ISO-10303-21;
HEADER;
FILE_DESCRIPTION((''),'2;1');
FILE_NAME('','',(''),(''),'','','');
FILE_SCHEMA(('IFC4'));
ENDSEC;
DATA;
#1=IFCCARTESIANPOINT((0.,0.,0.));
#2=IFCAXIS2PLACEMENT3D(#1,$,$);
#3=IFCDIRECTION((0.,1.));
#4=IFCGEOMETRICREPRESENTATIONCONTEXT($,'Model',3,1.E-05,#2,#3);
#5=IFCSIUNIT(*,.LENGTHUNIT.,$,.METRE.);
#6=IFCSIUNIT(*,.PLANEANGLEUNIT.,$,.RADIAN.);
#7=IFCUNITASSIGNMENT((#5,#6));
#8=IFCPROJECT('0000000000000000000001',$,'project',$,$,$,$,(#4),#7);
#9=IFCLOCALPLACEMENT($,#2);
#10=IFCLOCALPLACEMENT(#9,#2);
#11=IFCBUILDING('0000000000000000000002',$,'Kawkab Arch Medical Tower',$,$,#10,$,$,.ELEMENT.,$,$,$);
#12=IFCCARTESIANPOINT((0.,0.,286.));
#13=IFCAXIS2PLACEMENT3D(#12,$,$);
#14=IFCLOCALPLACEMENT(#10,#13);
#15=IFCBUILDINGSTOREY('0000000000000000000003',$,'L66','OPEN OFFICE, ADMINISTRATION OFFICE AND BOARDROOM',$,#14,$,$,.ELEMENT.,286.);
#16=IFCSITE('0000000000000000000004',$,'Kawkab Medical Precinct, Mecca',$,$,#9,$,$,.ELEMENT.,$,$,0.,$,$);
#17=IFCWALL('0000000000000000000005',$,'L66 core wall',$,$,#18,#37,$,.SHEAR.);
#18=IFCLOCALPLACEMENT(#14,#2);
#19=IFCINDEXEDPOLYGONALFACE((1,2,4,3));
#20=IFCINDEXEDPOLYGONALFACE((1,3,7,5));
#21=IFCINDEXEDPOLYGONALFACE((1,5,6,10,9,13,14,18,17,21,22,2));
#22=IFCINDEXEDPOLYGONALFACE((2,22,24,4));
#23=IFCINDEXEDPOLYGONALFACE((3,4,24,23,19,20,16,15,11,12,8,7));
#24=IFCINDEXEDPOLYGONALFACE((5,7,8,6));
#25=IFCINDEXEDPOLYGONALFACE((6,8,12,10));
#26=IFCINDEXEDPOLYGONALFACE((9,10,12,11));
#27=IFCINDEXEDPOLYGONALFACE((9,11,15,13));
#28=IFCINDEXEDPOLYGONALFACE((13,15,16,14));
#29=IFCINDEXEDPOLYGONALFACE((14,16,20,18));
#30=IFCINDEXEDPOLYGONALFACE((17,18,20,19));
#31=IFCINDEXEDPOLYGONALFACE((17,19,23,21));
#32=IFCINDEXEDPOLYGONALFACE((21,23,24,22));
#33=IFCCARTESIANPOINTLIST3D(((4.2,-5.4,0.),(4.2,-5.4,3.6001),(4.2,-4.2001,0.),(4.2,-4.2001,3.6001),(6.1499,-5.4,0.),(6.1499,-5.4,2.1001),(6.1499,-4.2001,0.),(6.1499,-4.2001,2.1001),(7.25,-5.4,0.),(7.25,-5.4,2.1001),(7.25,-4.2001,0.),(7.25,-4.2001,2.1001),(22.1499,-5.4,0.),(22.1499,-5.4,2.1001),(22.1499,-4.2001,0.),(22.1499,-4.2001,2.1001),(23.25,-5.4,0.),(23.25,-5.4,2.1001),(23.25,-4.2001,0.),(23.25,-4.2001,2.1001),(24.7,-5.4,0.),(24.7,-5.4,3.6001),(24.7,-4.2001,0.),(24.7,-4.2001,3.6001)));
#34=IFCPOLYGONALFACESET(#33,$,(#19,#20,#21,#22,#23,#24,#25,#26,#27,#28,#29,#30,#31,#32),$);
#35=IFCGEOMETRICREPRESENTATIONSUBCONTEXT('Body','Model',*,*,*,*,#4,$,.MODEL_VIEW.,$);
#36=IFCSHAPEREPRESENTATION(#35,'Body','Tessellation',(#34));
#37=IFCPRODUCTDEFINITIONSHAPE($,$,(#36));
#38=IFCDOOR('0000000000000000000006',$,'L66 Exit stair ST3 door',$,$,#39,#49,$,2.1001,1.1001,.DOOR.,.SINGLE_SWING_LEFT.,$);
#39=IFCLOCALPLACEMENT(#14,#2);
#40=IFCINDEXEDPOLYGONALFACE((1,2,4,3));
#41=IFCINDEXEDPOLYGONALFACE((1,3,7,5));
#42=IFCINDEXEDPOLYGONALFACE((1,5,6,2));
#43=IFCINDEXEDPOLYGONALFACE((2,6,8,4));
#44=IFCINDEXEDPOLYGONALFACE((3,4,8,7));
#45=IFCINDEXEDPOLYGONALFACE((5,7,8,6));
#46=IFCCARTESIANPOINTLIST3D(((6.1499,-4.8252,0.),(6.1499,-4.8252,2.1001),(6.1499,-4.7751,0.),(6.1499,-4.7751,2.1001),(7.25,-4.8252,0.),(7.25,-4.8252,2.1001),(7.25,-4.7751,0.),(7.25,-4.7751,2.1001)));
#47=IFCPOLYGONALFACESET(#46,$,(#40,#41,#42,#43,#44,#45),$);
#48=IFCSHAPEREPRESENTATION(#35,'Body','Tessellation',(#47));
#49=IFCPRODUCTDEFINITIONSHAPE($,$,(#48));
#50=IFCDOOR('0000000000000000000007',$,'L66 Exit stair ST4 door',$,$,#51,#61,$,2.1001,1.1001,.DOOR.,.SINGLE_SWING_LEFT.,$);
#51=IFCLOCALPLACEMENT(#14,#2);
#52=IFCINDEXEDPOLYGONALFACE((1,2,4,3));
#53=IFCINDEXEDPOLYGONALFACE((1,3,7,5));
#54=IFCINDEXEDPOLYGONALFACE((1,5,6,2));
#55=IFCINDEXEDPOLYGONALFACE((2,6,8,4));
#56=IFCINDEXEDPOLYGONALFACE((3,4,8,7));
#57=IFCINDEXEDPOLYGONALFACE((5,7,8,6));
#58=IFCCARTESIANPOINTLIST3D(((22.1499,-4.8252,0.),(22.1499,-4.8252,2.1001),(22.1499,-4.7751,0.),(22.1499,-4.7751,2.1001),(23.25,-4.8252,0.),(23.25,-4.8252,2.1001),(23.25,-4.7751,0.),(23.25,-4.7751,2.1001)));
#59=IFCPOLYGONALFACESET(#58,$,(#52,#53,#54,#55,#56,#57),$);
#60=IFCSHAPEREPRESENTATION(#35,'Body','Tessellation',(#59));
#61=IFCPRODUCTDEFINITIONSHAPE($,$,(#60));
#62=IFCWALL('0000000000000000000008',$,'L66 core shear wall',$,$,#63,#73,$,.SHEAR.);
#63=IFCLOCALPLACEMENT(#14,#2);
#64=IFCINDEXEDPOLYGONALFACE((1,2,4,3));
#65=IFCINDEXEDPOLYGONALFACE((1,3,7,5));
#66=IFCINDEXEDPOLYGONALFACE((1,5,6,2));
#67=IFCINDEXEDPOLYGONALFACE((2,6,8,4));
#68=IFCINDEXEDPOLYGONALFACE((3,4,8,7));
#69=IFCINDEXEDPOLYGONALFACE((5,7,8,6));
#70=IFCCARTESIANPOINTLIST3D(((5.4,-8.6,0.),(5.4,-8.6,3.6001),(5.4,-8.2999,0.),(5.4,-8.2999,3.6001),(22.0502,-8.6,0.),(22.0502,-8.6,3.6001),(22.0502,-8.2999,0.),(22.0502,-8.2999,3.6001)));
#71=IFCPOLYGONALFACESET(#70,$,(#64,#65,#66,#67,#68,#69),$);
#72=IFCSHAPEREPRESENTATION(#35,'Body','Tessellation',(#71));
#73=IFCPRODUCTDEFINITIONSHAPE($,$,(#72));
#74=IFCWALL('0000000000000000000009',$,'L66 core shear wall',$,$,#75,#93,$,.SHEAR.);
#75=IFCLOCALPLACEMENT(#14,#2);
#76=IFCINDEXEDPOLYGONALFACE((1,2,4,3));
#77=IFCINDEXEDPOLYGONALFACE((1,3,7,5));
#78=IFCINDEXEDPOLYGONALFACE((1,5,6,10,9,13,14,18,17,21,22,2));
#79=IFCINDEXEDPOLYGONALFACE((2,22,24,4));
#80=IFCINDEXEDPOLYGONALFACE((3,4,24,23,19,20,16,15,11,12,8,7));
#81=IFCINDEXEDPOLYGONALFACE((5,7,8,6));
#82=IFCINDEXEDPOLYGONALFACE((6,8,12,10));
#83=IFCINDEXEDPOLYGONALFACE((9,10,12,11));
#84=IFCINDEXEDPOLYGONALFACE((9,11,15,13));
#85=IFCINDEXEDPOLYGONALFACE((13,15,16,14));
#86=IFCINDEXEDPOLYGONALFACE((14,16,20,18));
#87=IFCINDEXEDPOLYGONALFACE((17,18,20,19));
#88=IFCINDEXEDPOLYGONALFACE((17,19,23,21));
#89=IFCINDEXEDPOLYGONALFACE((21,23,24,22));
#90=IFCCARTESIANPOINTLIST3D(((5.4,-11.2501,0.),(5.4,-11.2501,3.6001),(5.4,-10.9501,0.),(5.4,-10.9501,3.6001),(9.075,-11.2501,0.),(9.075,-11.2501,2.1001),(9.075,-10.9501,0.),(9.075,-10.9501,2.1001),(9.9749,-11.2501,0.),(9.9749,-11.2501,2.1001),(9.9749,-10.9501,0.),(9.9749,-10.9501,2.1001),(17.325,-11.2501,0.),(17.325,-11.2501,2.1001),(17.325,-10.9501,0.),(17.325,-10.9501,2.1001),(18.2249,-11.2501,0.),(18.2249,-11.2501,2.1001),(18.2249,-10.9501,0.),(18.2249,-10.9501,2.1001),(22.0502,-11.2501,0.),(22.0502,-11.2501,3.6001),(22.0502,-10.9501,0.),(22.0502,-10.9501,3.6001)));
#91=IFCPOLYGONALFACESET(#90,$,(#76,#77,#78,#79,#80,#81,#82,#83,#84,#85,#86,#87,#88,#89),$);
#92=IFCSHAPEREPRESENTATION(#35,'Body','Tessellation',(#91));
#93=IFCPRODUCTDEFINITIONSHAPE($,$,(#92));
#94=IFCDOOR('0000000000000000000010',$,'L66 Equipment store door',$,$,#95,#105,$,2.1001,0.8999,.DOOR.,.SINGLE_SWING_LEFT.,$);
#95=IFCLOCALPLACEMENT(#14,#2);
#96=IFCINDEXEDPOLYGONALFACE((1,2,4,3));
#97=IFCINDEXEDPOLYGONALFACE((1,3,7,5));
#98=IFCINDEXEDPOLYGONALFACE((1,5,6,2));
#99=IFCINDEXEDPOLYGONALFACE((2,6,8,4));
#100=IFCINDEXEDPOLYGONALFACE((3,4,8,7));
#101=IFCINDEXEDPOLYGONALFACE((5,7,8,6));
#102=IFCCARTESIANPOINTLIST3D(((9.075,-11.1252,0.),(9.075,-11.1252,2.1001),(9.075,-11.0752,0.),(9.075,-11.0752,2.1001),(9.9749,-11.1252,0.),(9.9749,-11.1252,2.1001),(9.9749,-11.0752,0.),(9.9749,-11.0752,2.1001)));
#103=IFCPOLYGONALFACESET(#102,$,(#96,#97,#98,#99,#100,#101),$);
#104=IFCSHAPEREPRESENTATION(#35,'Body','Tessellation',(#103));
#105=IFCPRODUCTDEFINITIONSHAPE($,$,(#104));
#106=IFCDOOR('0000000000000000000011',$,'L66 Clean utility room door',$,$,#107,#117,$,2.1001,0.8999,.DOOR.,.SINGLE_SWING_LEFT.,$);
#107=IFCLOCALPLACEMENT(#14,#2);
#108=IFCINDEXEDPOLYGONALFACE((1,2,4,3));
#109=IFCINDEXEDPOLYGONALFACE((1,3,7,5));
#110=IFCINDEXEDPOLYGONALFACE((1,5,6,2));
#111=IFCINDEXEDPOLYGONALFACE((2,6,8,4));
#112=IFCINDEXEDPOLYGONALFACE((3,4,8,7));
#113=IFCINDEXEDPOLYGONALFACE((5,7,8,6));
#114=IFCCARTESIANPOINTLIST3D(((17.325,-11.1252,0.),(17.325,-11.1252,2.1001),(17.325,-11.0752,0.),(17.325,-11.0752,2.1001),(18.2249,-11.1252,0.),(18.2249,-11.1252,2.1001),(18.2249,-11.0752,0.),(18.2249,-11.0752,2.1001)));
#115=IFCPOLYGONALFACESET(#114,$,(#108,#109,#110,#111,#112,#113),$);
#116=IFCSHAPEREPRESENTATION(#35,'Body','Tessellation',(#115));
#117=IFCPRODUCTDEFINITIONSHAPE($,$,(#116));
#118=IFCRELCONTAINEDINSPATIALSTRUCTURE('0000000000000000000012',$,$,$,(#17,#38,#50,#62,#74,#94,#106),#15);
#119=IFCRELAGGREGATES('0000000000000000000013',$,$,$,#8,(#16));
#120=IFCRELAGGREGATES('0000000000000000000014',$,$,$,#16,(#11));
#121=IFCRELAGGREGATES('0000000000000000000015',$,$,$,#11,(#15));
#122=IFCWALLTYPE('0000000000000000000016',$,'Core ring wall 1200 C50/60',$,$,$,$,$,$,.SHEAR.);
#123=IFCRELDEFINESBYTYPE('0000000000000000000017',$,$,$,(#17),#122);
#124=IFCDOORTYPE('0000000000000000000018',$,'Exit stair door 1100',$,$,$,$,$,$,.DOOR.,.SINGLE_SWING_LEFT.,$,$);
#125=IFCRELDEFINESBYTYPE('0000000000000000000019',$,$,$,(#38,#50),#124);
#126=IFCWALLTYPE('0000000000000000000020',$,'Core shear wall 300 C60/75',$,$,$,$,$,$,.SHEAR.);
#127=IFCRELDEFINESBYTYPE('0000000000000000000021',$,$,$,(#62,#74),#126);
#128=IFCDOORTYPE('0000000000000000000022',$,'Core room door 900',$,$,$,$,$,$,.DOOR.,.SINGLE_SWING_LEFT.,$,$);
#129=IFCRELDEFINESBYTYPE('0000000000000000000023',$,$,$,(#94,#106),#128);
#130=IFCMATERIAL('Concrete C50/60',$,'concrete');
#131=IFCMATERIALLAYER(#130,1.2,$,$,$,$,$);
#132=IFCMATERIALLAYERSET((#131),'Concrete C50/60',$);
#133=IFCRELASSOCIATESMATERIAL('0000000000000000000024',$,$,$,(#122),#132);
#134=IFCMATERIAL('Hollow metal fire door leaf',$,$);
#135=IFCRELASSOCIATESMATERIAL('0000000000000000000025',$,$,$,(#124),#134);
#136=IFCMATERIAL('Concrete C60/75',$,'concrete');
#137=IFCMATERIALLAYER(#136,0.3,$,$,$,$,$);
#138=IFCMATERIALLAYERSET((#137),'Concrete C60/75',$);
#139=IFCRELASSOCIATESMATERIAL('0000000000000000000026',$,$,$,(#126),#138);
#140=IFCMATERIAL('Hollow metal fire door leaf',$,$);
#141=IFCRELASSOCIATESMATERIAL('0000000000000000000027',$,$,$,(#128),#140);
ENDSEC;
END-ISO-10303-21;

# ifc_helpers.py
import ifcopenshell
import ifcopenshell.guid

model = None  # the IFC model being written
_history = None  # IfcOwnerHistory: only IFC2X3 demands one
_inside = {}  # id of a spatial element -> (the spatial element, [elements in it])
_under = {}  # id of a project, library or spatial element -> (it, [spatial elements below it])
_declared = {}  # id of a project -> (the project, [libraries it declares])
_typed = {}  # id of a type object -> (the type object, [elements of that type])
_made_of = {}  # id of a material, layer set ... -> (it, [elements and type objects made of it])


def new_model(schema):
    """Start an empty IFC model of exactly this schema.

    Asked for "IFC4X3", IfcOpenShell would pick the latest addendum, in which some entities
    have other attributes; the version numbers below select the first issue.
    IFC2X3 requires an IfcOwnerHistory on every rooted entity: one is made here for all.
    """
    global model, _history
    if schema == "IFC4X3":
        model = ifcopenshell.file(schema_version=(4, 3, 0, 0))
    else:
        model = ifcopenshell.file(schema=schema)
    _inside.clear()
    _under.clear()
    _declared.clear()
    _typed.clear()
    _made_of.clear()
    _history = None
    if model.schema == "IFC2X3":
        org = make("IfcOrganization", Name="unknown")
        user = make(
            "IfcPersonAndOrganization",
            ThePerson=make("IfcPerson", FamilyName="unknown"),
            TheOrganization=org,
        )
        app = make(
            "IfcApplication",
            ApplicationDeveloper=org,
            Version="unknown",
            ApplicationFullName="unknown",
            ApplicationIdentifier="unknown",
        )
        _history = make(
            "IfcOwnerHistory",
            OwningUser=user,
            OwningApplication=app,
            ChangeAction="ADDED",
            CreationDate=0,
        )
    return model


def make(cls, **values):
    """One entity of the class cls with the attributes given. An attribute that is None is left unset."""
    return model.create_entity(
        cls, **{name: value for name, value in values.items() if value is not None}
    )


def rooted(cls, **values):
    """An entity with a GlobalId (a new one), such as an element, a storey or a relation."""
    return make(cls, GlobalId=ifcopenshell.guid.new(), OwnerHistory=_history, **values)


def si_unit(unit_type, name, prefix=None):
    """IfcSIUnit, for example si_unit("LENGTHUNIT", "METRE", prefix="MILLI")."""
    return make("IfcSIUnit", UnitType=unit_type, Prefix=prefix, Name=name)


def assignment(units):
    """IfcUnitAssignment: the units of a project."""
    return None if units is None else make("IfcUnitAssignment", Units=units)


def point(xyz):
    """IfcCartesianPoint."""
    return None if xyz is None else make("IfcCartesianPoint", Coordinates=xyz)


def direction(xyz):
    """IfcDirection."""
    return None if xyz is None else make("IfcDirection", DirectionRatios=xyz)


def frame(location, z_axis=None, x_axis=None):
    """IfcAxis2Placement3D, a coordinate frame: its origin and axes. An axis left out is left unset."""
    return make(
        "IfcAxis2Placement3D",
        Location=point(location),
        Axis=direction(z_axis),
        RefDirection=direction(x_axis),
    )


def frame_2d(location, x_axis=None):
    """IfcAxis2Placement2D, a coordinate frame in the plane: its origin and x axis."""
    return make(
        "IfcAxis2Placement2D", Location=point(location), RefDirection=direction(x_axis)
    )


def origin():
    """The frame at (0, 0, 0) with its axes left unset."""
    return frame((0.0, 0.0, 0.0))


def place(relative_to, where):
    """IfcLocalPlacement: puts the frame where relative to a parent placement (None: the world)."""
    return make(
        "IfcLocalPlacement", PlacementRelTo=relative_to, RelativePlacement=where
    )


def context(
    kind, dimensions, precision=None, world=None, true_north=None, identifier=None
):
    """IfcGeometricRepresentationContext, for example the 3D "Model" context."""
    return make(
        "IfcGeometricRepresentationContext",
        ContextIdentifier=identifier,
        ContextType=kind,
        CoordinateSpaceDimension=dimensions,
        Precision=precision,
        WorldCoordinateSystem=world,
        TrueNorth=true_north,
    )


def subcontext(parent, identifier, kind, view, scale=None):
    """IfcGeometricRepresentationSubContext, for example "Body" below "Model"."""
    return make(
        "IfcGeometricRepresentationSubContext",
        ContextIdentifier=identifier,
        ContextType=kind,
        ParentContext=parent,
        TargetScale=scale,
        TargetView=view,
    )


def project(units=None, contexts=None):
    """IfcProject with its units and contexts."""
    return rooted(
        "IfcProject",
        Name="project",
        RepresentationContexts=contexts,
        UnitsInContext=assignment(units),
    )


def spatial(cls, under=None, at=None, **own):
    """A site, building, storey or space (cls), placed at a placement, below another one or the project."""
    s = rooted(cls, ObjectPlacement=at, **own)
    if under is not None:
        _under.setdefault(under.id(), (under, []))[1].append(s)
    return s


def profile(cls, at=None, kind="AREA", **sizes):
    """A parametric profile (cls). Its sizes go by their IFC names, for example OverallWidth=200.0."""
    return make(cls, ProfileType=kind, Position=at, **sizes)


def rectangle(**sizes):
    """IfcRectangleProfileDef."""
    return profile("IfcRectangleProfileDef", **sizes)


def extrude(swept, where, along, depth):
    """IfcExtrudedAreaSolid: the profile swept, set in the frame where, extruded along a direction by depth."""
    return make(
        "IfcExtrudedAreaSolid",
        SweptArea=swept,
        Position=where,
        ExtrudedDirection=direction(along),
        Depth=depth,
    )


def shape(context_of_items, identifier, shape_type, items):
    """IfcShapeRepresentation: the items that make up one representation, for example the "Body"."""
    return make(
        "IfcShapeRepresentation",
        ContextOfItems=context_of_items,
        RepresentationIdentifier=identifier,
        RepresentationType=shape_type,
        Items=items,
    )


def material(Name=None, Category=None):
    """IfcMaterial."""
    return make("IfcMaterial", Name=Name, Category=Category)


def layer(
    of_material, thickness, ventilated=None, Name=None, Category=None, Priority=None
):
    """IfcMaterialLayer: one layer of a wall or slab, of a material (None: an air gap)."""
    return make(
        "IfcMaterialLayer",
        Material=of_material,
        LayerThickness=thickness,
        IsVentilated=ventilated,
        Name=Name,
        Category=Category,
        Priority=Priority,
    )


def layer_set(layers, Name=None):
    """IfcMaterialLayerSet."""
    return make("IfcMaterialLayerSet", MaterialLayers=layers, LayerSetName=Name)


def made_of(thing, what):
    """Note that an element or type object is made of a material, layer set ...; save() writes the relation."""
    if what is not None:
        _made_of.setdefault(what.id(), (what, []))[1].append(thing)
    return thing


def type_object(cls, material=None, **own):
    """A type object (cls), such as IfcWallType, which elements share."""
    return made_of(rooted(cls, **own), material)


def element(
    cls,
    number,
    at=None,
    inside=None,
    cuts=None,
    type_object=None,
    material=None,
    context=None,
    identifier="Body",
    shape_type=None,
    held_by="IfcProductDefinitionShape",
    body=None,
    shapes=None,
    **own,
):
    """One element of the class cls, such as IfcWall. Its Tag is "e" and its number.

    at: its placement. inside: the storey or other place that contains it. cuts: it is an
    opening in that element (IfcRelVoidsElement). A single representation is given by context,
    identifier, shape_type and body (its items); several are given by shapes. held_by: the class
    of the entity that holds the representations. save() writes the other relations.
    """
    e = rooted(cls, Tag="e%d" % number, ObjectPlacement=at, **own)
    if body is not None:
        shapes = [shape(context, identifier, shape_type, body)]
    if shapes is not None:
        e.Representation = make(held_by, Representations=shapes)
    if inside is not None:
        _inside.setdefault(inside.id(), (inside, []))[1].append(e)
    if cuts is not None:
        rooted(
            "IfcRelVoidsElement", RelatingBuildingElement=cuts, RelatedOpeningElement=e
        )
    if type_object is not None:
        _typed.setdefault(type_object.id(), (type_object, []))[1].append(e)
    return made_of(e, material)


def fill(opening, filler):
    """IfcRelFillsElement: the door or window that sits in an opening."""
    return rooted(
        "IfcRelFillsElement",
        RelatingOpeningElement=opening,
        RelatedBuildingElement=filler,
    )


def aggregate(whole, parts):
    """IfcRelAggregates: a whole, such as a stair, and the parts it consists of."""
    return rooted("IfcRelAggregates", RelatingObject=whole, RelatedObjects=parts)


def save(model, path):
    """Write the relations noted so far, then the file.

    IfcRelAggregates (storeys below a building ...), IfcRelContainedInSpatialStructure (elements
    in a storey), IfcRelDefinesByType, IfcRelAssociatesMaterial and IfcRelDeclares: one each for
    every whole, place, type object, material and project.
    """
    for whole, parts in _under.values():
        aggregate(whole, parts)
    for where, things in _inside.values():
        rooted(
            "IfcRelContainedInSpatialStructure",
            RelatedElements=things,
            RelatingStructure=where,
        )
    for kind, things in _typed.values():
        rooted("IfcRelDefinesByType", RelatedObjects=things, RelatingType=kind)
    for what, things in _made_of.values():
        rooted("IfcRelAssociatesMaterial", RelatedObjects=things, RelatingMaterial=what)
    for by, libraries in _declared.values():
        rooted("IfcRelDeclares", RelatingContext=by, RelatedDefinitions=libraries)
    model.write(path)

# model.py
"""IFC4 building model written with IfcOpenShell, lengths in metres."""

from ifc_helpers import new_model, si_unit, direction, frame, frame_2d, origin, place, context, subcontext, project, spatial, rectangle, extrude, material, layer, layer_set, type_object, element, fill, save


model = new_model("IFC4")

# Units and contexts
model_context = context("Model", 3, precision=1e-05, world=origin(), true_north=direction((0.0, 1.0)))
body_context = subcontext(model_context, "Body", "Model", "MODEL_VIEW")
ifc_project = project(units=[si_unit("LENGTHUNIT", "METRE"), si_unit("PLANEANGLEUNIT", "RADIAN")], contexts=[model_context])

# Site, building, storey
site_placement = place(None, origin())
site = spatial("IfcSite", under=ifc_project, at=site_placement, Name="Kawkab Medical Precinct, Mecca", CompositionType="ELEMENT", RefElevation=0.0)
building_placement = place(site_placement, origin())
building = spatial("IfcBuilding", under=site, at=building_placement, Name="Kawkab Arch Medical Tower", CompositionType="ELEMENT")
storey_placement = place(building_placement, frame((0.0, 0.0, 286.0)))
storey = spatial("IfcBuildingStorey", under=building, at=storey_placement, Name="L66", Description="OPEN OFFICE, ADMINISTRATION OFFICE AND BOARDROOM", CompositionType="ELEMENT", Elevation=286.0)

# Wall, openings, doors
ifc_material_1 = material(Name="Concrete C50/60", Category="concrete")
ifc_layer_1 = layer(ifc_material_1, 1.2)
ifc_layer_set_1 = layer_set([ifc_layer_1], Name="Concrete C50/60")
wall_type_1 = type_object("IfcWallType", Name="Core ring wall 1200 C50/60", PredefinedType="SHEAR", material=ifc_layer_set_1)
wall_1_placement = place(storey_placement, frame((4.2, -4.8, 0.0), z_axis=(0.0, 0.0, 1.0), x_axis=(1.0, 0.0, 0.0)))
wall_1 = element("IfcWall", 1, at=wall_1_placement, inside=storey, type_object=wall_type_1, Name="L66 core wall", PredefinedType="SHEAR", context=body_context, shape_type="SweptSolid", body=[
    extrude(rectangle(XDim=20.5, YDim=1.2, at=frame_2d((10.25, 0.0))), origin(), (0.0, 0.0, 1.0), 3.6001),
])
opening_1_placement = place(wall_1_placement, frame((1.95, 0.0, 0.0)))
opening_1 = element("IfcOpeningElement", 2, at=opening_1_placement, cuts=wall_1, PredefinedType="OPENING", context=body_context, shape_type="SweptSolid", body=[
    extrude(rectangle(XDim=1.1001, YDim=2.1001, at=frame_2d((0.55, 1.05))), frame((0.0, 0.6099, 0.0), z_axis=(0.0, -1.0, 0.0), x_axis=(1.0, 0.0, 0.0)), (0.0, 0.0, 1.0), 1.22),
])
opening_2_placement = place(wall_1_placement, frame((17.95, 0.0, 0.0)))
opening_2 = element("IfcOpeningElement", 3, at=opening_2_placement, cuts=wall_1, PredefinedType="OPENING", context=body_context, shape_type="SweptSolid", body=[
    extrude(rectangle(XDim=1.1001, YDim=2.1001, at=frame_2d((0.55, 1.05))), frame((0.0, 0.6099, 0.0), z_axis=(0.0, -1.0, 0.0), x_axis=(1.0, 0.0, 0.0)), (0.0, 0.0, 1.0), 1.22),
])
ifc_material_2 = material(Name="Hollow metal fire door leaf")
door_type_1 = type_object("IfcDoorType", Name="Exit stair door 1100", OperationType="SINGLE_SWING_LEFT", PredefinedType="DOOR", material=ifc_material_2)
door_1_placement = place(opening_1_placement, origin())
door_1 = element("IfcDoor", 4, at=door_1_placement, inside=storey, type_object=door_type_1, Name="L66 Exit stair ST3 door", OperationType="SINGLE_SWING_LEFT", OverallHeight=2.1001, OverallWidth=1.1001, PredefinedType="DOOR", context=body_context, shape_type="SweptSolid", body=[
    extrude(rectangle(XDim=1.1001, YDim=2.1001, at=frame_2d((0.55, 1.05))), frame((0.0, 0.0249, 0.0), z_axis=(0.0, -1.0, 0.0), x_axis=(1.0, 0.0, 0.0)), (0.0, 0.0, 1.0), 0.05),
])
fill(opening_1, door_1)
door_2_placement = place(opening_2_placement, origin())
door_2 = element("IfcDoor", 5, at=door_2_placement, inside=storey, type_object=door_type_1, Name="L66 Exit stair ST4 door", OperationType="SINGLE_SWING_LEFT", OverallHeight=2.1001, OverallWidth=1.1001, PredefinedType="DOOR", context=body_context, shape_type="SweptSolid", body=[
    extrude(rectangle(XDim=1.1001, YDim=2.1001, at=frame_2d((0.55, 1.05))), frame((0.0, 0.0249, 0.0), z_axis=(0.0, -1.0, 0.0), x_axis=(1.0, 0.0, 0.0)), (0.0, 0.0, 1.0), 0.05),
])
fill(opening_2, door_2)

# Wall
ifc_material_3 = material(Name="Concrete C60/75", Category="concrete")
ifc_layer_2 = layer(ifc_material_3, 0.3)
ifc_layer_set_2 = layer_set([ifc_layer_2], Name="Concrete C60/75")
wall_type_2 = type_object("IfcWallType", Name="Core shear wall 300 C60/75", PredefinedType="SHEAR", material=ifc_layer_set_2)
wall_2_placement = place(storey_placement, frame((5.3999, -8.45, 0.0), z_axis=(0.0, 0.0, 1.0), x_axis=(1.0, 0.0, 0.0)))
element("IfcWall", 6, at=wall_2_placement, inside=storey, type_object=wall_type_2, Name="L66 core shear wall", PredefinedType="SHEAR", context=body_context, shape_type="SweptSolid", body=[
    extrude(rectangle(XDim=16.6501, YDim=0.3, at=frame_2d((8.3252, 0.0))), origin(), (0.0, 0.0, 1.0), 3.6001),
])

# Wall, openings, doors
wall_3_placement = place(storey_placement, frame((5.3999, -11.1001, 0.0), z_axis=(0.0, 0.0, 1.0), x_axis=(1.0, 0.0, 0.0)))
wall_3 = element("IfcWall", 7, at=wall_3_placement, inside=storey, type_object=wall_type_2, Name="L66 core shear wall", PredefinedType="SHEAR", context=body_context, shape_type="SweptSolid", body=[
    extrude(rectangle(XDim=16.6501, YDim=0.3, at=frame_2d((8.3252, 0.0))), origin(), (0.0, 0.0, 1.0), 3.6001),
])
opening_3_placement = place(wall_3_placement, frame((3.675, 0.0, 0.0)))
opening_3 = element("IfcOpeningElement", 8, at=opening_3_placement, cuts=wall_3, PredefinedType="OPENING", context=body_context, shape_type="SweptSolid", body=[
    extrude(rectangle(XDim=0.8999, YDim=2.1001, at=frame_2d((0.45, 1.05))), frame((0.0, 0.1599, 0.0), z_axis=(0.0, -1.0, 0.0), x_axis=(1.0, 0.0, 0.0)), (0.0, 0.0, 1.0), 0.3201),
])
opening_4_placement = place(wall_3_placement, frame((11.925, 0.0, 0.0)))
opening_4 = element("IfcOpeningElement", 9, at=opening_4_placement, cuts=wall_3, PredefinedType="OPENING", context=body_context, shape_type="SweptSolid", body=[
    extrude(rectangle(XDim=0.8999, YDim=2.1001, at=frame_2d((0.45, 1.05))), frame((0.0, 0.1599, 0.0), z_axis=(0.0, -1.0, 0.0), x_axis=(1.0, 0.0, 0.0)), (0.0, 0.0, 1.0), 0.3201),
])
ifc_material_4 = material(Name="Hollow metal fire door leaf")
door_type_2 = type_object("IfcDoorType", Name="Core room door 900", OperationType="SINGLE_SWING_LEFT", PredefinedType="DOOR", material=ifc_material_4)
door_3_placement = place(opening_3_placement, origin())
door_3 = element("IfcDoor", 10, at=door_3_placement, inside=storey, type_object=door_type_2, Name="L66 Equipment store door", OperationType="SINGLE_SWING_LEFT", OverallHeight=2.1001, OverallWidth=0.8999, PredefinedType="DOOR", context=body_context, shape_type="SweptSolid", body=[
    extrude(rectangle(XDim=0.8999, YDim=2.1001, at=frame_2d((0.45, 1.05))), frame((0.0, 0.0249, 0.0), z_axis=(0.0, -1.0, 0.0), x_axis=(1.0, 0.0, 0.0)), (0.0, 0.0, 1.0), 0.05),
])
fill(opening_3, door_3)
door_4_placement = place(opening_4_placement, origin())
door_4 = element("IfcDoor", 11, at=door_4_placement, inside=storey, type_object=door_type_2, Name="L66 Clean utility room door", OperationType="SINGLE_SWING_LEFT", OverallHeight=2.1001, OverallWidth=0.8999, PredefinedType="DOOR", context=body_context, shape_type="SweptSolid", body=[
    extrude(rectangle(XDim=0.8999, YDim=2.1001, at=frame_2d((0.45, 1.05))), frame((0.0, 0.0249, 0.0), z_axis=(0.0, -1.0, 0.0), x_axis=(1.0, 0.0, 0.0)), (0.0, 0.0, 1.0), 0.05),
])
fill(opening_4, door_4)

save(model, "model.ifc")
